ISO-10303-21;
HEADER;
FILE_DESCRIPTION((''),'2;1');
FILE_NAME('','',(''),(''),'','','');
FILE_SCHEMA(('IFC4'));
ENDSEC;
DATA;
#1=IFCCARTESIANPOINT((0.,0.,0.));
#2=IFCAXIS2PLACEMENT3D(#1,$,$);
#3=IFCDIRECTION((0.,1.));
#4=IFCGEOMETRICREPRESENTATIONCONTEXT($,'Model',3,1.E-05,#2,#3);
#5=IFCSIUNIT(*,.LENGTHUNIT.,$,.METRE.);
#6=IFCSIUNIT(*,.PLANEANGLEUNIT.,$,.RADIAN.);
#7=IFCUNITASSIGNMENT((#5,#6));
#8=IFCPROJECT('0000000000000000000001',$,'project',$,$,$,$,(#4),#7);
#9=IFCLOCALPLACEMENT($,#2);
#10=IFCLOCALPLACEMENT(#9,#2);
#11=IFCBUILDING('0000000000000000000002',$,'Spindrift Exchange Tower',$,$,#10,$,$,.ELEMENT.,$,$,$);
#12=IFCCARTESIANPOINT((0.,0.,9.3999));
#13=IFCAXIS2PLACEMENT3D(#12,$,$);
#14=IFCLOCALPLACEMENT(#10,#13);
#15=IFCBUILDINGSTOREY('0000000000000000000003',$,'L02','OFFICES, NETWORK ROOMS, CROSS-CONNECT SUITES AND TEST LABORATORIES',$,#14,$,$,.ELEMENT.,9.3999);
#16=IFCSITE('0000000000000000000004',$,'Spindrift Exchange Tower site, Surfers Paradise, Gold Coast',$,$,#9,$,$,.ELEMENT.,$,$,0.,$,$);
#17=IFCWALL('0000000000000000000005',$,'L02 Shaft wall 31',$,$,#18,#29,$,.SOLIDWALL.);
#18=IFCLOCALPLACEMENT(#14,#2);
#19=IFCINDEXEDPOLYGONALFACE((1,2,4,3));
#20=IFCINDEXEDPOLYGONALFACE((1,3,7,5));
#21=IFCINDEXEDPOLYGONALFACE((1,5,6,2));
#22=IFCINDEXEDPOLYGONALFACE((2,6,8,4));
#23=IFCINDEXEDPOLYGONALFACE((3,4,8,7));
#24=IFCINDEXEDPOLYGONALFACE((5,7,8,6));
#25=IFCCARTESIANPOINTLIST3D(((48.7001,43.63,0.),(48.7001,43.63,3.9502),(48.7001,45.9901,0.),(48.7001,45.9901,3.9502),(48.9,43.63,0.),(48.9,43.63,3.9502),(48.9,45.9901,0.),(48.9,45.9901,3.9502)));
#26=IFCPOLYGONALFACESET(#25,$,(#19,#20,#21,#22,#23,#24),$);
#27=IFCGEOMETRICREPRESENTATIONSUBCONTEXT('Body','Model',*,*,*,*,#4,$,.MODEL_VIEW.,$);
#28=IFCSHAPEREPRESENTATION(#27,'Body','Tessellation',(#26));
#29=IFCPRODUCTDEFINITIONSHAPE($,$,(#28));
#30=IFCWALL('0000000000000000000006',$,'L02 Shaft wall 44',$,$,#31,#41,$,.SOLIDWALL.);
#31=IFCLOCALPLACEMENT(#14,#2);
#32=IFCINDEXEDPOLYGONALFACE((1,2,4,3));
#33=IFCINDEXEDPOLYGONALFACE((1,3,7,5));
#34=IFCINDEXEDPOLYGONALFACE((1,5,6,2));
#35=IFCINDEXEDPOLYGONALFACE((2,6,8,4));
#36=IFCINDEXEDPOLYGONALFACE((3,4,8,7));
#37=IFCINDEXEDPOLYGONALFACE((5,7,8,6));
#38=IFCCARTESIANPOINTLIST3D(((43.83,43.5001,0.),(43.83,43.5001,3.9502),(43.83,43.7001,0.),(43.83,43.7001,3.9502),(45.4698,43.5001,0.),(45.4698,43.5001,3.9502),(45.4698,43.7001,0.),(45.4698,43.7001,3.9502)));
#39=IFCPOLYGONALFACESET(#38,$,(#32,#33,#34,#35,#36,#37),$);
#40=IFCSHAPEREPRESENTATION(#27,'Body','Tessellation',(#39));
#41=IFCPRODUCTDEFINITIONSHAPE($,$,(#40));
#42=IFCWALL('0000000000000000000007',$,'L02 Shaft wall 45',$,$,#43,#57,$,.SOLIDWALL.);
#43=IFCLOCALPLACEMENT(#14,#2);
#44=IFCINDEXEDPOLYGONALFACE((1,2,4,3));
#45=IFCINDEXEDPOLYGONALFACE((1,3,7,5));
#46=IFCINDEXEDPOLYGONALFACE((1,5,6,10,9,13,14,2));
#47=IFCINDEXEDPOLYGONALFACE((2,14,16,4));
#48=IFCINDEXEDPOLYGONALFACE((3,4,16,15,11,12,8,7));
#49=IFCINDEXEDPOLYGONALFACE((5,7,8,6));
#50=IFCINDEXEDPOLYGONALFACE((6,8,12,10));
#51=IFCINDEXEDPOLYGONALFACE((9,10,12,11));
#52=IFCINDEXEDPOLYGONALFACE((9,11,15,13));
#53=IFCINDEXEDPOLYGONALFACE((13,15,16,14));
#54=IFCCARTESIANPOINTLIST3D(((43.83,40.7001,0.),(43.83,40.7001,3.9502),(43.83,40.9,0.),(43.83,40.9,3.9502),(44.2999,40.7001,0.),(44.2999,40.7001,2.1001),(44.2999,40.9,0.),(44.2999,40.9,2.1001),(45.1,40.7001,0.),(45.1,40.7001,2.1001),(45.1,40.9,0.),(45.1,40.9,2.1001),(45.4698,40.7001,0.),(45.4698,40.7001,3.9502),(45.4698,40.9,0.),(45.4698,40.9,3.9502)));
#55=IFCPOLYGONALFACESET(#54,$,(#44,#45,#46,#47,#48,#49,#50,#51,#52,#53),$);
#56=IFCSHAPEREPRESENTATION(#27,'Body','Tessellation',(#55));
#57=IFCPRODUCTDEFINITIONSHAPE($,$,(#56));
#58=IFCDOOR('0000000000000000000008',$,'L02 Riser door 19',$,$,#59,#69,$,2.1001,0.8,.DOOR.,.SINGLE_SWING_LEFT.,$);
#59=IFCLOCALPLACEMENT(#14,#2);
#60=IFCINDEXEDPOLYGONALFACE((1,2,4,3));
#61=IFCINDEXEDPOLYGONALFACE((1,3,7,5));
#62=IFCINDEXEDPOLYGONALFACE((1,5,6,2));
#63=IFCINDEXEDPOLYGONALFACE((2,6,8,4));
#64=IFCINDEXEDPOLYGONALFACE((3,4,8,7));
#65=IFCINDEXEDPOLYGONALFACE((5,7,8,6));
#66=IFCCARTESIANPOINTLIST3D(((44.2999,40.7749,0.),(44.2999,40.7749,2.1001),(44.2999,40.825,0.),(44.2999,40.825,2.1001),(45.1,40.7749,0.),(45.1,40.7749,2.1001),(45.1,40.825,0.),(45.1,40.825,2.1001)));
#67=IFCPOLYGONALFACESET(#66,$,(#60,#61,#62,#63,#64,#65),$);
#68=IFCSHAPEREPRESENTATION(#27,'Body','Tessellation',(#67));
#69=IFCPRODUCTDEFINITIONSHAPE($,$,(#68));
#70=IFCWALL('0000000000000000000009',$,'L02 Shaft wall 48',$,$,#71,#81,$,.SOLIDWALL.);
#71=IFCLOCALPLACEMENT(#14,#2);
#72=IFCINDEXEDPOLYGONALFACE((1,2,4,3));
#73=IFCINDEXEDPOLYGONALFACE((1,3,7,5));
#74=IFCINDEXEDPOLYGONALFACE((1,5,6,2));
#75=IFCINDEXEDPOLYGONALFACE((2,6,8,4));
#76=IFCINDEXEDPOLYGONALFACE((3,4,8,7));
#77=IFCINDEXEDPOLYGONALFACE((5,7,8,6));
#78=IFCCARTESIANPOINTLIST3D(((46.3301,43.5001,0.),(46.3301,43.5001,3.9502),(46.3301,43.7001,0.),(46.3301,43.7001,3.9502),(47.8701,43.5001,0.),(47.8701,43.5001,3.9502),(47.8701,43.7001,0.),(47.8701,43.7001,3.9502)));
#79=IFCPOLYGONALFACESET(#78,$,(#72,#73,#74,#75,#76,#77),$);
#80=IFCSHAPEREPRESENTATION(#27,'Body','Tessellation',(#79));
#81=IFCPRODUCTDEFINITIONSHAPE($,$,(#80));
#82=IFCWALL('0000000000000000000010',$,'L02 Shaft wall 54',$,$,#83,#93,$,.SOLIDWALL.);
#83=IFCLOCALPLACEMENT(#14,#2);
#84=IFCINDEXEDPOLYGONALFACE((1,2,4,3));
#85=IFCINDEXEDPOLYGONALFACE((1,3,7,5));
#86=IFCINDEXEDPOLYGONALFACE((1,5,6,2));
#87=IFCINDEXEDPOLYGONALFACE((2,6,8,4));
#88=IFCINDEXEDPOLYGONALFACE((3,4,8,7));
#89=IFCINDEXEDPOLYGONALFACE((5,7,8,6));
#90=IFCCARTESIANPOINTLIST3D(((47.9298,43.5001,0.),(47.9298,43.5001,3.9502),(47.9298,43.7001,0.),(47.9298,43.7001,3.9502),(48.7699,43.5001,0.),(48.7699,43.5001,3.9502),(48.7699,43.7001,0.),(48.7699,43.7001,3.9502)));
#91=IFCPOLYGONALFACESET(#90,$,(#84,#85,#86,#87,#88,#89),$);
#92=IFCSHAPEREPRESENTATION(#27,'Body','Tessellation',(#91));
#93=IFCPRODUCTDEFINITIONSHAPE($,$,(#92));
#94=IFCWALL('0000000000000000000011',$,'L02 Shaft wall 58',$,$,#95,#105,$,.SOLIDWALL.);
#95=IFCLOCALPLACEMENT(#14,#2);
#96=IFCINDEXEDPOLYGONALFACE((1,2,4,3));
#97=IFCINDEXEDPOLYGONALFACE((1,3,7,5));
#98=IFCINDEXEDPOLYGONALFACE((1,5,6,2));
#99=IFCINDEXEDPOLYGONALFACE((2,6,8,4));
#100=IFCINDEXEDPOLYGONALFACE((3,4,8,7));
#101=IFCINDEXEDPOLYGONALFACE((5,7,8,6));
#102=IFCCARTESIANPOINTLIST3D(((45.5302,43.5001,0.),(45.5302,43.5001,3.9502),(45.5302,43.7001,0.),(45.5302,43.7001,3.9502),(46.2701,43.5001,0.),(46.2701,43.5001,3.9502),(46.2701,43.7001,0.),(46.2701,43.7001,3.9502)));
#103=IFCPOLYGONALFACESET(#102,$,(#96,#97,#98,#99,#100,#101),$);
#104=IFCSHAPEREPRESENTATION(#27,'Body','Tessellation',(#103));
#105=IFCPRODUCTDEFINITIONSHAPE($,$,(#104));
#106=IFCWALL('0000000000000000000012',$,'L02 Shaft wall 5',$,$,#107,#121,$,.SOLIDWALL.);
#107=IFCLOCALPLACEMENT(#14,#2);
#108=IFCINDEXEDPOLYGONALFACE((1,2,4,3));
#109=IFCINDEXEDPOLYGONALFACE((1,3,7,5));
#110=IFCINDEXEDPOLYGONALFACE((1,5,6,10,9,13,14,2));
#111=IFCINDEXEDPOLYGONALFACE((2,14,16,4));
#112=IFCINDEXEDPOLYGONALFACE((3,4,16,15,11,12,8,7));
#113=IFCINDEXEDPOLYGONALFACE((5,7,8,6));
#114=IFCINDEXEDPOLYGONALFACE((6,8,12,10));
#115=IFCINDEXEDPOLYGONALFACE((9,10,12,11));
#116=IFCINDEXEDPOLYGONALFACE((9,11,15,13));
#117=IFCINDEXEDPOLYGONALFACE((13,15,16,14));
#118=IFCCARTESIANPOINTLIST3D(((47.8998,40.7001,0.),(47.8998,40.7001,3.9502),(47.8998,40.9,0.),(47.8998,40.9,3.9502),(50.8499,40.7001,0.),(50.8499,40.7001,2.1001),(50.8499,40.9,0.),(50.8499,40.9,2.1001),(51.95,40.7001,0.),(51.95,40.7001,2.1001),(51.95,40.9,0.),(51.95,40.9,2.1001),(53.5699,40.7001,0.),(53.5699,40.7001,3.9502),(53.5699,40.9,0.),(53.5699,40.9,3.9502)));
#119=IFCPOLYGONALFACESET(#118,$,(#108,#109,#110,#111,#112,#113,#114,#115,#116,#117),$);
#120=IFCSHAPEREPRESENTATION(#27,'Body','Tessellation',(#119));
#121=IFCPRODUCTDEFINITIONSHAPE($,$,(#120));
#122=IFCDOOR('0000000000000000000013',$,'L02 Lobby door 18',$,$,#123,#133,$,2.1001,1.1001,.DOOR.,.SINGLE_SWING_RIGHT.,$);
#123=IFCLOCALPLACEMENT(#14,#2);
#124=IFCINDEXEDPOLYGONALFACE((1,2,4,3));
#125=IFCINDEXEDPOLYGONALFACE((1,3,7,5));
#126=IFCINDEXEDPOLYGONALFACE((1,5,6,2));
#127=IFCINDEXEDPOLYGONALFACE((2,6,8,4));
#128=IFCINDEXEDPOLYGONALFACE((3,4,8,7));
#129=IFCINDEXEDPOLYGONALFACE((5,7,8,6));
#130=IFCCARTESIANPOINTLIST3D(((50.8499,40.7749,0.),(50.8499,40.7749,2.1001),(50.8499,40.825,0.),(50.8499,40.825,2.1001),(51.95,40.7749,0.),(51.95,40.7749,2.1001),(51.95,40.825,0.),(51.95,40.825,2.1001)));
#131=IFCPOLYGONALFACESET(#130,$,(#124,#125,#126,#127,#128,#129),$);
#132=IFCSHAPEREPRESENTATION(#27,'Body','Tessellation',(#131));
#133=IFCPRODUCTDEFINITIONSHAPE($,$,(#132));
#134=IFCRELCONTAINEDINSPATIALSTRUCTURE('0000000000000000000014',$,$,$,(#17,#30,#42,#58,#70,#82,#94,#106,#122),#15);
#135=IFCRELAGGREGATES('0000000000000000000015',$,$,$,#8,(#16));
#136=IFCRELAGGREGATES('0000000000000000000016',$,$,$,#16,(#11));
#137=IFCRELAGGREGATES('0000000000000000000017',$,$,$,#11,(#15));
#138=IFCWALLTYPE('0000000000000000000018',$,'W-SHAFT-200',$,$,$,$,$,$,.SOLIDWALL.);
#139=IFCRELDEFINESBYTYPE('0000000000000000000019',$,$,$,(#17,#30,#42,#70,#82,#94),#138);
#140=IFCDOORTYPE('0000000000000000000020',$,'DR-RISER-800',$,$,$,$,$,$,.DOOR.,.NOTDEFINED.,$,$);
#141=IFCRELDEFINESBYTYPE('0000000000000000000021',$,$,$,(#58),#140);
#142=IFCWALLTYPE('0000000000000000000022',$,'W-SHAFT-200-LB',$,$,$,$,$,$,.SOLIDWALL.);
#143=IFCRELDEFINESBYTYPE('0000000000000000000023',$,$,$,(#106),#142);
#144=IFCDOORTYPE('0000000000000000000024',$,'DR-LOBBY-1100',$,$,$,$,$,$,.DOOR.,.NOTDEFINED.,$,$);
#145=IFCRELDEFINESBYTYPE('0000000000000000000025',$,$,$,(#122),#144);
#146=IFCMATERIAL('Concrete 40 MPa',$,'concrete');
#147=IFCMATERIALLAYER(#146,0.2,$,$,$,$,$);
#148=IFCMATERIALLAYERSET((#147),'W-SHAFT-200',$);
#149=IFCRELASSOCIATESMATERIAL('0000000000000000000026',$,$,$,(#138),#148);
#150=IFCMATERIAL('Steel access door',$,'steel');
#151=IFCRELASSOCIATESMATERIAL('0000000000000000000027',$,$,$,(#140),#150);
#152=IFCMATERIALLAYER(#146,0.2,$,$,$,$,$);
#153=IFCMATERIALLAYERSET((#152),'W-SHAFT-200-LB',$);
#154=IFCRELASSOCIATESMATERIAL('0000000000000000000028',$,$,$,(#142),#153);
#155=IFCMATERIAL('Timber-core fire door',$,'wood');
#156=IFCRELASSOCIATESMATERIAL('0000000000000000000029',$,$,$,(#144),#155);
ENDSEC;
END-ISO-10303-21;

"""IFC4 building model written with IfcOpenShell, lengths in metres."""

from ifc_helpers import new_model, si_unit, direction, frame, frame_2d, origin, place, context, subcontext, project, spatial, rectangle, extrude, source, transform, mapped, material, layer, layer_set, type_object, element, fill, save


model = new_model("IFC4")

# Units and contexts
model_context = context("Model", 3, precision=1e-05, world=origin(), true_north=direction((0.0, 1.0)))
body_context = subcontext(model_context, "Body", "Model", "MODEL_VIEW")
ifc_project = project(units=[si_unit("LENGTHUNIT", "METRE"), si_unit("PLANEANGLEUNIT", "RADIAN")], contexts=[model_context])

# Site, building, storey
site_placement = place(None, origin())
site = spatial("IfcSite", under=ifc_project, at=site_placement, Name="Spindrift Exchange Tower site, Surfers Paradise, Gold Coast", CompositionType="ELEMENT", RefElevation=0.0)
building_placement = place(site_placement, origin())
building = spatial("IfcBuilding", under=site, at=building_placement, Name="Spindrift Exchange Tower", CompositionType="ELEMENT")
storey_placement = place(building_placement, frame((0.0, 0.0, 9.3999)))
storey = spatial("IfcBuildingStorey", under=building, at=storey_placement, Name="L02", Description="OFFICES, NETWORK ROOMS, CROSS-CONNECT SUITES AND TEST LABORATORIES", CompositionType="ELEMENT", Elevation=9.3999)

# Shared definitions
ifc_material_1 = material(Name="Concrete 40 MPa", Category="concrete")
ifc_layer_1 = layer(ifc_material_1, 0.2)
ifc_layer_set_1 = layer_set([ifc_layer_1], Name="W-SHAFT-200")
wall_type_1 = type_object("IfcWallType", Name="W-SHAFT-200", PredefinedType="SOLIDWALL", material=ifc_layer_set_1)

# Walls
wall_1_placement = place(storey_placement, frame((48.8, 43.6299, 0.0), z_axis=(0.0, 0.0, 1.0), x_axis=(0.0, 1.0, 0.0)))
element("IfcWall", 1, at=wall_1_placement, inside=storey, type_object=wall_type_1, Name="L02 Shaft wall 31", PredefinedType="SOLIDWALL", context=body_context, shape_type="SweptSolid", body=[
    extrude(rectangle(XDim=2.3601, YDim=0.2, at=frame_2d((1.1802, 0.0))), origin(), (0.0, 0.0, 1.0), 3.9502),
])
wall_2_placement = place(storey_placement, frame((43.8301, 43.6001, 0.0), z_axis=(0.0, 0.0, 1.0), x_axis=(1.0, 0.0, 0.0)))
element("IfcWall", 2, at=wall_2_placement, inside=storey, type_object=wall_type_1, Name="L02 Shaft wall 44", PredefinedType="SOLIDWALL", context=body_context, shape_type="SweptSolid", body=[
    extrude(rectangle(XDim=1.6399, YDim=0.2, at=frame_2d((0.8198, 0.0))), origin(), (0.0, 0.0, 1.0), 3.9502),
])

# Wall, opening, door
wall_3_placement = place(storey_placement, frame((43.8301, 40.8, 0.0), z_axis=(0.0, 0.0, 1.0), x_axis=(1.0, 0.0, 0.0)))
wall_3 = element("IfcWall", 3, at=wall_3_placement, inside=storey, type_object=wall_type_1, Name="L02 Shaft wall 45", PredefinedType="SOLIDWALL", context=body_context, shape_type="SweptSolid", body=[
    extrude(rectangle(XDim=1.6399, YDim=0.2, at=frame_2d((0.8198, 0.0))), origin(), (0.0, 0.0, 1.0), 3.9502),
])
opening_1_placement = place(wall_3_placement, frame((0.47, 0.0, 0.0)))
opening_1 = element("IfcOpeningElement", 4, at=opening_1_placement, cuts=wall_3, PredefinedType="OPENING", context=body_context, shape_type="SweptSolid", body=[
    extrude(rectangle(XDim=0.8, YDim=2.1001, at=frame_2d((0.3999, 1.05))), frame((0.0, 0.1099, 0.0), z_axis=(0.0, -1.0, 0.0), x_axis=(1.0, 0.0, 0.0)), (0.0, 0.0, 1.0), 0.22),
])
ifc_material_2 = material(Name="Steel access door", Category="steel")
door_type_1 = type_object("IfcDoorType", Name="DR-RISER-800", OperationType="NOTDEFINED", PredefinedType="DOOR", material=ifc_material_2)
shared_shape_1 = source(origin(), body_context, "Body", "SweptSolid", [
    extrude(rectangle(XDim=0.8, YDim=2.1001, at=frame_2d((0.3999, 1.05))), frame((0.0, 0.0249, 0.0), z_axis=(0.0, -1.0, 0.0), x_axis=(1.0, 0.0, 0.0)), (0.0, 0.0, 1.0), 0.05),
])
door_1_placement = place(opening_1_placement, origin())
door_1 = element("IfcDoor", 5, at=door_1_placement, inside=storey, type_object=door_type_1, Name="L02 Riser door 19", OperationType="SINGLE_SWING_LEFT", OverallHeight=2.1001, OverallWidth=0.8, PredefinedType="DOOR", context=body_context, shape_type="MappedRepresentation", body=[
    mapped(shared_shape_1, transform((0.0, 0.0, 0.0), scale=1.0)),
])
fill(opening_1, door_1)

# Walls
wall_4_placement = place(storey_placement, frame((46.3301, 43.6001, 0.0), z_axis=(0.0, 0.0, 1.0), x_axis=(1.0, 0.0, 0.0)))
element("IfcWall", 6, at=wall_4_placement, inside=storey, type_object=wall_type_1, Name="L02 Shaft wall 48", PredefinedType="SOLIDWALL", context=body_context, shape_type="SweptSolid", body=[
    extrude(rectangle(XDim=1.54, YDim=0.2, at=frame_2d((0.77, 0.0))), origin(), (0.0, 0.0, 1.0), 3.9502),
])
wall_5_placement = place(storey_placement, frame((47.9299, 43.6001, 0.0), z_axis=(0.0, 0.0, 1.0), x_axis=(1.0, 0.0, 0.0)))
element("IfcWall", 7, at=wall_5_placement, inside=storey, type_object=wall_type_1, Name="L02 Shaft wall 54", PredefinedType="SOLIDWALL", context=body_context, shape_type="SweptSolid", body=[
    extrude(rectangle(XDim=0.8401, YDim=0.2, at=frame_2d((0.4199, 0.0))), origin(), (0.0, 0.0, 1.0), 3.9502),
])
wall_6_placement = place(storey_placement, frame((45.53, 43.6001, 0.0), z_axis=(0.0, 0.0, 1.0), x_axis=(1.0, 0.0, 0.0)))
element("IfcWall", 8, at=wall_6_placement, inside=storey, type_object=wall_type_1, Name="L02 Shaft wall 58", PredefinedType="SOLIDWALL", context=body_context, shape_type="SweptSolid", body=[
    extrude(rectangle(XDim=0.74, YDim=0.2, at=frame_2d((0.3701, 0.0))), origin(), (0.0, 0.0, 1.0), 3.9502),
])

# Wall, opening, door
ifc_layer_2 = layer(ifc_material_1, 0.2)
ifc_layer_set_2 = layer_set([ifc_layer_2], Name="W-SHAFT-200-LB")
wall_type_2 = type_object("IfcWallType", Name="W-SHAFT-200-LB", PredefinedType="SOLIDWALL", material=ifc_layer_set_2)
wall_7_placement = place(storey_placement, frame((47.8999, 40.8, 0.0), z_axis=(0.0, 0.0, 1.0), x_axis=(1.0, 0.0, 0.0)))
wall_7 = element("IfcWall", 9, at=wall_7_placement, inside=storey, type_object=wall_type_2, Name="L02 Shaft wall 5", PredefinedType="SOLIDWALL", context=body_context, shape_type="SweptSolid", body=[
    extrude(rectangle(XDim=5.6702, YDim=0.2, at=frame_2d((2.835, 0.0))), origin(), (0.0, 0.0, 1.0), 3.9502),
])
opening_2_placement = place(wall_7_placement, frame((2.95, 0.0, 0.0)))
opening_2 = element("IfcOpeningElement", 10, at=opening_2_placement, cuts=wall_7, PredefinedType="OPENING", context=body_context, shape_type="SweptSolid", body=[
    extrude(rectangle(XDim=1.1001, YDim=2.1001, at=frame_2d((0.55, 1.05))), frame((0.0, 0.1099, 0.0), z_axis=(0.0, -1.0, 0.0), x_axis=(1.0, 0.0, 0.0)), (0.0, 0.0, 1.0), 0.22),
])
ifc_material_3 = material(Name="Timber-core fire door", Category="wood")
door_type_2 = type_object("IfcDoorType", Name="DR-LOBBY-1100", OperationType="NOTDEFINED", PredefinedType="DOOR", material=ifc_material_3)
shared_shape_2 = source(origin(), body_context, "Body", "SweptSolid", [
    extrude(rectangle(XDim=1.1001, YDim=2.1001, at=frame_2d((0.55, 1.05))), frame((0.0, 0.0249, 0.0), z_axis=(0.0, -1.0, 0.0), x_axis=(1.0, 0.0, 0.0)), (0.0, 0.0, 1.0), 0.05),
])
door_2_placement = place(opening_2_placement, origin())
door_2 = element("IfcDoor", 11, at=door_2_placement, inside=storey, type_object=door_type_2, Name="L02 Lobby door 18", OperationType="SINGLE_SWING_RIGHT", OverallHeight=2.1001, OverallWidth=1.1001, PredefinedType="DOOR", context=body_context, shape_type="MappedRepresentation", body=[
    mapped(shared_shape_2, transform((0.0, 0.0, 0.0), scale=1.0)),
])
fill(opening_2, door_2)

save(model, "model.ifc")
